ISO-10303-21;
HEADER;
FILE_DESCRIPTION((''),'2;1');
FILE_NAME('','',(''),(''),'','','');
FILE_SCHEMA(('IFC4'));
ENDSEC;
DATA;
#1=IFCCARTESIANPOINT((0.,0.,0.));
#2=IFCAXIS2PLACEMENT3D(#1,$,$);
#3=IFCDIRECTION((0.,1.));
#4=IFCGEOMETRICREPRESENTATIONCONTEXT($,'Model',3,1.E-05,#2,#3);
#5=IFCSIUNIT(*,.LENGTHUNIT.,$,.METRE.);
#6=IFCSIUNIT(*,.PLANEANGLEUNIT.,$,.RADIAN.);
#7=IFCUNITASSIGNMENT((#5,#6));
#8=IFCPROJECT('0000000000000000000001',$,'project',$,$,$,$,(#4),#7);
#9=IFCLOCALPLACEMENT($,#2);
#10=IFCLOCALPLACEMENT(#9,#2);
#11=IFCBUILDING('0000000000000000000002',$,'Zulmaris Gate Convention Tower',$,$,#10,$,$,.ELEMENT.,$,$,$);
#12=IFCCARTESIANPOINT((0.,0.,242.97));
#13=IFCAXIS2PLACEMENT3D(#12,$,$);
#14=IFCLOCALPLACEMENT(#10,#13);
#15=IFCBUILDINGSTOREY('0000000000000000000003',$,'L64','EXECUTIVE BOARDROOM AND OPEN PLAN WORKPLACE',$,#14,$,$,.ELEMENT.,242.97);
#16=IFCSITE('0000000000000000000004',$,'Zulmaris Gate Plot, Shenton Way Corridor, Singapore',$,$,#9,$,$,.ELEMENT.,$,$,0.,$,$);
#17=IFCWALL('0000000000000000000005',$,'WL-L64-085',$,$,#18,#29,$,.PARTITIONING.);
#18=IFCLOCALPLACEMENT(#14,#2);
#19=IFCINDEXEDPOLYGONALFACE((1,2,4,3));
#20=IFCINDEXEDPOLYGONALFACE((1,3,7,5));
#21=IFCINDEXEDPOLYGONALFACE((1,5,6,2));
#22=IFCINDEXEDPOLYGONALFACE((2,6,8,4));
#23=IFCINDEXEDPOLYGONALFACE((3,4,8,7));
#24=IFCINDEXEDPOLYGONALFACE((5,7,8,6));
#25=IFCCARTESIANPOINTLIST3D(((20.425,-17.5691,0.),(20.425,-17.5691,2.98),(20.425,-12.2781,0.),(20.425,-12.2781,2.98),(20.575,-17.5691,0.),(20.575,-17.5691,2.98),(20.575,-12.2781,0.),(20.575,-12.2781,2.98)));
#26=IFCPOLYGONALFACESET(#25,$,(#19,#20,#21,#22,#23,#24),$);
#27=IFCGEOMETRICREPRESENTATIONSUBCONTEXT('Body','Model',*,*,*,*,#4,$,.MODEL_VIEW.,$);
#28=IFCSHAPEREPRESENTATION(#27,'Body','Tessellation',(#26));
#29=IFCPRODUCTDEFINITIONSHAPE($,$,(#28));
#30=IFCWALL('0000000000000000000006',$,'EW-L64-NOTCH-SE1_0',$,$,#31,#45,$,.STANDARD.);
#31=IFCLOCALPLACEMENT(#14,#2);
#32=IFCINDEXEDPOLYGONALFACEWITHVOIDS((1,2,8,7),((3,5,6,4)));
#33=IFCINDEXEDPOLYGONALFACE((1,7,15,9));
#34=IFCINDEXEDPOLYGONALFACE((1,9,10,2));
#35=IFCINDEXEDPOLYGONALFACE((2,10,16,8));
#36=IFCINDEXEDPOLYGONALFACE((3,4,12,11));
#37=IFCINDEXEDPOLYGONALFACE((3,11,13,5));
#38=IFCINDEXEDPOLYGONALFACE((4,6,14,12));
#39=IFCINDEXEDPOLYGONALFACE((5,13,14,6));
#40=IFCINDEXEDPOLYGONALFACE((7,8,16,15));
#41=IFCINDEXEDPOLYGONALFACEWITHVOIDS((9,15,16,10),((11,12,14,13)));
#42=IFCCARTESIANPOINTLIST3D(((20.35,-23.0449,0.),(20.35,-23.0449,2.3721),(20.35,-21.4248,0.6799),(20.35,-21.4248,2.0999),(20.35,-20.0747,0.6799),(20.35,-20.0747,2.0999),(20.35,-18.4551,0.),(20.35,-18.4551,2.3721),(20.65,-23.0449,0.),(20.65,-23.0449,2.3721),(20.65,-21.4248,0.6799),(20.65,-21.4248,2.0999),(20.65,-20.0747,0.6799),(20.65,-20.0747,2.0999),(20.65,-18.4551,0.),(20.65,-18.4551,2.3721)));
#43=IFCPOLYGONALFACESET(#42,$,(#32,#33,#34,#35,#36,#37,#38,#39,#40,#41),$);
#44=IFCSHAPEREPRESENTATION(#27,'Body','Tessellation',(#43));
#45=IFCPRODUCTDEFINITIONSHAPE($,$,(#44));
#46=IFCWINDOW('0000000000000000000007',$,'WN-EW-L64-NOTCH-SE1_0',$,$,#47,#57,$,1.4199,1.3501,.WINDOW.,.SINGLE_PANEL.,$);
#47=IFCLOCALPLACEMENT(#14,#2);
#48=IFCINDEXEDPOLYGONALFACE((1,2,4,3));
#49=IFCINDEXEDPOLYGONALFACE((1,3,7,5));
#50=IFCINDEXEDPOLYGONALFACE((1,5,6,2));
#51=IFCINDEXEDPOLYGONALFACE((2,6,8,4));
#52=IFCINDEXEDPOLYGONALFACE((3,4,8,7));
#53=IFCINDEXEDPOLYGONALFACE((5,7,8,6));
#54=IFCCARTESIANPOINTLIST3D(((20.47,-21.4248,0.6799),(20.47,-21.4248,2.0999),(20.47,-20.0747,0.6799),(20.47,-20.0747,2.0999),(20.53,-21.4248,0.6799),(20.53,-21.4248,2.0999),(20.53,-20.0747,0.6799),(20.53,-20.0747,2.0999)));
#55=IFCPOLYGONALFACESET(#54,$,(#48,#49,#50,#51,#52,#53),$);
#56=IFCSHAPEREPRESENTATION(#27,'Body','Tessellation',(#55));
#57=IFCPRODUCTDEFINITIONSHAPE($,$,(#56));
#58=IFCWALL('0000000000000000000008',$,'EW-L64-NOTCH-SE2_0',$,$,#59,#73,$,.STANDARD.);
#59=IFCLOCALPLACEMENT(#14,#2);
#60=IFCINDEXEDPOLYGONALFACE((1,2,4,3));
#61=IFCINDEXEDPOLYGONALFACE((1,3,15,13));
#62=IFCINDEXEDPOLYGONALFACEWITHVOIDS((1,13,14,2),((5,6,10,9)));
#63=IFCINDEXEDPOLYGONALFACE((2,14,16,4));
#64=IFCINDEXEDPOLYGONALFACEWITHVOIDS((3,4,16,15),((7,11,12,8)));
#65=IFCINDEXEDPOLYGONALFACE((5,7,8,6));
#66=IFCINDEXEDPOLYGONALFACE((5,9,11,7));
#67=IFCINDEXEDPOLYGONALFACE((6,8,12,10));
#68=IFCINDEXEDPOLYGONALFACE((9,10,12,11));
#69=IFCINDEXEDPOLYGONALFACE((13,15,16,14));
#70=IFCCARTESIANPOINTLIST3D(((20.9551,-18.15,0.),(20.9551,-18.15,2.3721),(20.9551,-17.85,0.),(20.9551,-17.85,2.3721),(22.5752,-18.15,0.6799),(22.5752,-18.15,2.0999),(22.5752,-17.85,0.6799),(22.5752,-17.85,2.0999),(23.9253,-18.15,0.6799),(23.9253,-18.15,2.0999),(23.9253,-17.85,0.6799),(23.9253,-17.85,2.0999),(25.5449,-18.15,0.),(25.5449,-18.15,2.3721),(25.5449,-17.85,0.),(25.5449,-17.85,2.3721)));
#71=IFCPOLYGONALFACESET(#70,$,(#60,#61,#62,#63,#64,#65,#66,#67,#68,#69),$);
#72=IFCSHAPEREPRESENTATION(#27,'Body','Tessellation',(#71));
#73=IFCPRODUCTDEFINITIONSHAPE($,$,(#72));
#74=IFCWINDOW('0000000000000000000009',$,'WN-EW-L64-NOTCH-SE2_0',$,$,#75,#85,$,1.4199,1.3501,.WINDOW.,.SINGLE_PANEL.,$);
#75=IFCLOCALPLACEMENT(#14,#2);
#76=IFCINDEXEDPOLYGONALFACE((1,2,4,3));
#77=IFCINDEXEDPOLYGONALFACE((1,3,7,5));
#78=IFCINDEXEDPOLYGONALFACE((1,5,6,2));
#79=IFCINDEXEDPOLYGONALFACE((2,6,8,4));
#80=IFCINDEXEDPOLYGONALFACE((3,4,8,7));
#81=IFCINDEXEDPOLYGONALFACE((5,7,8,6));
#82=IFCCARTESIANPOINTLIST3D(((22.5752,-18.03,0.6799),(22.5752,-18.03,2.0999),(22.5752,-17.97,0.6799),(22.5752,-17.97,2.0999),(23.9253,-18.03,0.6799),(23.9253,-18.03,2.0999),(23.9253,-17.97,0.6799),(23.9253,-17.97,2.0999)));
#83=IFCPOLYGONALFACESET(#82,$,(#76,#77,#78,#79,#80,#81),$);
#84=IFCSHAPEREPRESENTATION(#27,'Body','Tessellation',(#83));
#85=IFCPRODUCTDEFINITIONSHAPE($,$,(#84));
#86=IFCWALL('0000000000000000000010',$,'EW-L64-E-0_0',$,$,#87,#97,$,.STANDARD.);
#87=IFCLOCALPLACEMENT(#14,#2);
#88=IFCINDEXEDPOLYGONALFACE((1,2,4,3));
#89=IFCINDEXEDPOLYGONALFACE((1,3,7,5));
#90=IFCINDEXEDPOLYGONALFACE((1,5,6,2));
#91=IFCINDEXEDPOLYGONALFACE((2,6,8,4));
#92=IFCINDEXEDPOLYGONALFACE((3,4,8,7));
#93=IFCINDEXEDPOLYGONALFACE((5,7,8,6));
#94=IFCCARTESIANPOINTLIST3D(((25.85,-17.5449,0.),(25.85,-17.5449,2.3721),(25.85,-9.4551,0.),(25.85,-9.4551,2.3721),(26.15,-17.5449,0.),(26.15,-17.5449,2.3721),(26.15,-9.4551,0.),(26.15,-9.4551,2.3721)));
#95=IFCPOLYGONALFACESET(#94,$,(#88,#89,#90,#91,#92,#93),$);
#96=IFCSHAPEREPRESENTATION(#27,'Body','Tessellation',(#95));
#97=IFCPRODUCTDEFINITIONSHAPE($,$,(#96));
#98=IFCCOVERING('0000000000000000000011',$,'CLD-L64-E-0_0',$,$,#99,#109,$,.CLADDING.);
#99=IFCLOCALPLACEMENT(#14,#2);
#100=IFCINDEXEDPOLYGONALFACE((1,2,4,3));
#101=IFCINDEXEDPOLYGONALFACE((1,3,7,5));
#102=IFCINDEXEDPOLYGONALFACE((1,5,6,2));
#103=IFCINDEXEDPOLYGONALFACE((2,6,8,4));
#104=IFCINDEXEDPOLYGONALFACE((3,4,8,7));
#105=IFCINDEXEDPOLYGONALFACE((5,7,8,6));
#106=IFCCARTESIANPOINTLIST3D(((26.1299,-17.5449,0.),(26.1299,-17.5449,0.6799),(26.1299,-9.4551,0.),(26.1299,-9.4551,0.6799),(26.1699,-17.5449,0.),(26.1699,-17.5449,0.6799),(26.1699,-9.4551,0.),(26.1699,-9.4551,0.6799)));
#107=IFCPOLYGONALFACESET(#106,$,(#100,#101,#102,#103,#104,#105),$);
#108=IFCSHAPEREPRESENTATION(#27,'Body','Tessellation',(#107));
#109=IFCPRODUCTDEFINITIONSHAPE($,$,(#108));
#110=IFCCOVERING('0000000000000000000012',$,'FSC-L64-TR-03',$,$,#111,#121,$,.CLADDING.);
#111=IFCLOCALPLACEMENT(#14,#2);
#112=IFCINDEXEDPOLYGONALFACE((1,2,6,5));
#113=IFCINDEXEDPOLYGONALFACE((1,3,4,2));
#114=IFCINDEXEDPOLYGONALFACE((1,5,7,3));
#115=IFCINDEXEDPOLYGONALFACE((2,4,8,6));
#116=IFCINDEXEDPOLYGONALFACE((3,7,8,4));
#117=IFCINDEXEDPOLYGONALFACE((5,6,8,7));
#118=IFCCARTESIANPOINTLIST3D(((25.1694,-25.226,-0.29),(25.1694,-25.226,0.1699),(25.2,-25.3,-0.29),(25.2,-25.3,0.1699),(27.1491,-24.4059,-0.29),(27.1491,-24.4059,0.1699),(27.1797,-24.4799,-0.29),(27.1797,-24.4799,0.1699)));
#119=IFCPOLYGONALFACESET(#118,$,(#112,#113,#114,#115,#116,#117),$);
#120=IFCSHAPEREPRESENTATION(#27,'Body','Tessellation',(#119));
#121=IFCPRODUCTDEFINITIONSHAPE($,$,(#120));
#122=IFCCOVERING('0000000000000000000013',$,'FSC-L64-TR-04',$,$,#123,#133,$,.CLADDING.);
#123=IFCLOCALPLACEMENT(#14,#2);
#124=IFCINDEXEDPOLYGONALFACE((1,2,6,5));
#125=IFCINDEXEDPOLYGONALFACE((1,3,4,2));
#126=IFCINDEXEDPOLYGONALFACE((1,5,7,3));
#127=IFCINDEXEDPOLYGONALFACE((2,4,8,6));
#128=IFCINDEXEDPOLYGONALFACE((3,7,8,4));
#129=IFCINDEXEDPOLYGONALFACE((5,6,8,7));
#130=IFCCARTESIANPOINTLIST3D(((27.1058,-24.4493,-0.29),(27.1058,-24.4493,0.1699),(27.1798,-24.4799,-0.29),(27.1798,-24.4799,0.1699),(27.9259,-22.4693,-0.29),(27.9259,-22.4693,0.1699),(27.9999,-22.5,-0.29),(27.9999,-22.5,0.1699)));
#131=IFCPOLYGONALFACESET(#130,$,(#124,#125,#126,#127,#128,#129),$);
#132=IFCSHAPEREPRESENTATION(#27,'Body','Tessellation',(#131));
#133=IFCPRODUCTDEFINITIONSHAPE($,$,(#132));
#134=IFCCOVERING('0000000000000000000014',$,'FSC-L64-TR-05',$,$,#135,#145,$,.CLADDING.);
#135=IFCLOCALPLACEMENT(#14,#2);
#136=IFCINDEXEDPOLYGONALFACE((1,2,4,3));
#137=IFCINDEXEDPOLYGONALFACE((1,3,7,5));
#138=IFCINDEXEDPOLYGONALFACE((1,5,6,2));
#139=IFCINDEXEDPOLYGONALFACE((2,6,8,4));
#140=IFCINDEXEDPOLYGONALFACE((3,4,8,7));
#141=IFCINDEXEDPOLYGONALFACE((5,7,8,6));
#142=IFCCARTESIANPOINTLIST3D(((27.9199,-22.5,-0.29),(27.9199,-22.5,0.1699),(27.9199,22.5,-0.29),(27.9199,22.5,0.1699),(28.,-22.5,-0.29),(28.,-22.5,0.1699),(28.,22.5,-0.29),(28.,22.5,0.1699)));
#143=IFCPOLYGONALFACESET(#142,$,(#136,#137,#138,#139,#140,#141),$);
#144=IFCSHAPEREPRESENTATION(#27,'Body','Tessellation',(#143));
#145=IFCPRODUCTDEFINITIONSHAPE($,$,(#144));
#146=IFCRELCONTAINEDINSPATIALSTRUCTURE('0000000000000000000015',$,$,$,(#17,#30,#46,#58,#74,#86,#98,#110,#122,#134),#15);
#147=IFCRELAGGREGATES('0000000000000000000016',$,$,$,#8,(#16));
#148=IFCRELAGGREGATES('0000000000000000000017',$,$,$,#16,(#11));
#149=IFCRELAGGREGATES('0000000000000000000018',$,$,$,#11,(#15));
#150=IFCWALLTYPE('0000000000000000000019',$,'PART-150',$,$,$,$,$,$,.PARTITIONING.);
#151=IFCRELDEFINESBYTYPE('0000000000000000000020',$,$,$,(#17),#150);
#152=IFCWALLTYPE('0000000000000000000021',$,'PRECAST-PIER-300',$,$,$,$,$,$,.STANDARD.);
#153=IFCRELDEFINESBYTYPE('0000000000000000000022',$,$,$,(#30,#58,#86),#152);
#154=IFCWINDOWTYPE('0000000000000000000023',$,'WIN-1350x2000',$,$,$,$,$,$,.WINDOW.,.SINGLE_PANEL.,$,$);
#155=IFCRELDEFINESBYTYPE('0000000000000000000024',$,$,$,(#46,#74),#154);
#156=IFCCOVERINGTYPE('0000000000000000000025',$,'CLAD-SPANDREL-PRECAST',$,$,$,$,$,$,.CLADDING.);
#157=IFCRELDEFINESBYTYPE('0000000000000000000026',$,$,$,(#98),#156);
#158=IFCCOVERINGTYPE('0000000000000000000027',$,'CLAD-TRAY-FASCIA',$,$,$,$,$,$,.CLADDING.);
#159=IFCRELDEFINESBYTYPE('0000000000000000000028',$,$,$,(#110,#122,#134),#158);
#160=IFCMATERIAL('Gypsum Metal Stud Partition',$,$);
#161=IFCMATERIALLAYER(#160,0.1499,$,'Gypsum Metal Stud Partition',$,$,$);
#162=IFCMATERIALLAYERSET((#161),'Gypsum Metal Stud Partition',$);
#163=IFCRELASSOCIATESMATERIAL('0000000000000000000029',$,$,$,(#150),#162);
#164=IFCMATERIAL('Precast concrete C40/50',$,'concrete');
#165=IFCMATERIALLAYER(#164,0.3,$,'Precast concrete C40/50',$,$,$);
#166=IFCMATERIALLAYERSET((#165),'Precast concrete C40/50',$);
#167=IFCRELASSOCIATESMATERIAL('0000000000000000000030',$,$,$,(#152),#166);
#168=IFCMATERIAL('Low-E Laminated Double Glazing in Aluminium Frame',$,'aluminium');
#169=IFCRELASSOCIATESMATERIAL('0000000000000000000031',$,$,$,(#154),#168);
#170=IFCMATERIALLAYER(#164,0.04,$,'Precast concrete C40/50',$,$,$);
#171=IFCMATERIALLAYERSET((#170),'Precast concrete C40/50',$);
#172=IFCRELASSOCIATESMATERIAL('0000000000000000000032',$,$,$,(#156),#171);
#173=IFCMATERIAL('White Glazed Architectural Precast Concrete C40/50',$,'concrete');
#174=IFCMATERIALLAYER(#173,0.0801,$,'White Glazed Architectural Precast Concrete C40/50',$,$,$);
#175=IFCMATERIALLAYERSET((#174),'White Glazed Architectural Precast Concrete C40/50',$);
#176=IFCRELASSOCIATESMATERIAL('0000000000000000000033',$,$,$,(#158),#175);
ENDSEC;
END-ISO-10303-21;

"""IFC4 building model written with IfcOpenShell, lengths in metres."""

from ifc_helpers import new_model, si_unit, direction, frame, frame_2d, origin, place, context, subcontext, project, spatial, rectangle, extrude, material, layer, layer_set, type_object, element, fill, save


model = new_model("IFC4")

# Units and contexts
model_context = context("Model", 3, precision=1e-05, world=origin(), true_north=direction((0.0, 1.0)))
body_context = subcontext(model_context, "Body", "Model", "MODEL_VIEW")
ifc_project = project(units=[si_unit("LENGTHUNIT", "METRE"), si_unit("PLANEANGLEUNIT", "RADIAN")], contexts=[model_context])

# Site, building, storey
site_placement = place(None, origin())
site = spatial("IfcSite", under=ifc_project, at=site_placement, Name="Zulmaris Gate Plot, Shenton Way Corridor, Singapore", CompositionType="ELEMENT", RefElevation=0.0)
building_placement = place(site_placement, origin())
building = spatial("IfcBuilding", under=site, at=building_placement, Name="Zulmaris Gate Convention Tower", CompositionType="ELEMENT")
storey_placement = place(building_placement, frame((0.0, 0.0, 242.97)))
storey = spatial("IfcBuildingStorey", under=building, at=storey_placement, Name="L64", Description="EXECUTIVE BOARDROOM AND OPEN PLAN WORKPLACE", CompositionType="ELEMENT", Elevation=242.97)

# Shared definitions
ifc_material_1 = material(Name="Gypsum Metal Stud Partition")
ifc_layer_1 = layer(ifc_material_1, 0.1499, Name="Gypsum Metal Stud Partition")
ifc_layer_set_1 = layer_set([ifc_layer_1], Name="Gypsum Metal Stud Partition")
wall_type_1 = type_object("IfcWallType", Name="PART-150", PredefinedType="PARTITIONING", material=ifc_layer_set_1)

# Wall
wall_1_placement = place(storey_placement, frame((20.5, -17.5691, 0.0), z_axis=(0.0, 0.0, 1.0), x_axis=(0.0, 1.0, 0.0)))
element("IfcWall", 1, at=wall_1_placement, inside=storey, type_object=wall_type_1, Name="WL-L64-085", PredefinedType="PARTITIONING", context=body_context, shape_type="SweptSolid", body=[
    extrude(rectangle(XDim=5.291, YDim=0.1499, at=frame_2d((2.6455, 0.0))), origin(), (0.0, 0.0, 1.0), 2.98),
])

# Walls, openings, windows
ifc_material_2 = material(Name="Precast concrete C40/50", Category="concrete")
ifc_layer_2 = layer(ifc_material_2, 0.3, Name="Precast concrete C40/50")
ifc_layer_set_2 = layer_set([ifc_layer_2], Name="Precast concrete C40/50")
wall_type_2 = type_object("IfcWallType", Name="PRECAST-PIER-300", PredefinedType="STANDARD", material=ifc_layer_set_2)
wall_2_placement = place(storey_placement, frame((20.5, -23.0449, 0.0), z_axis=(0.0, 0.0, 1.0), x_axis=(0.0, 1.0, 0.0)))
wall_2 = element("IfcWall", 2, at=wall_2_placement, inside=storey, type_object=wall_type_2, Name="EW-L64-NOTCH-SE1_0", PredefinedType="STANDARD", context=body_context, shape_type="SweptSolid", body=[
    extrude(rectangle(XDim=4.5898, YDim=0.3, at=frame_2d((2.2949, 0.0))), origin(), (0.0, 0.0, 1.0), 2.3721),
])
opening_1_placement = place(wall_2_placement, frame((1.6201, 0.0, 0.6799)))
opening_1 = element("IfcOpeningElement", 3, at=opening_1_placement, cuts=wall_2, PredefinedType="OPENING", context=body_context, shape_type="SweptSolid", body=[
    extrude(rectangle(XDim=1.3501, YDim=1.4199, at=frame_2d((0.675, 0.71))), frame((0.0, 0.1602, 0.0), z_axis=(0.0, -1.0, 0.0), x_axis=(1.0, 0.0, 0.0)), (0.0, 0.0, 1.0), 0.3201),
])
ifc_material_3 = material(Name="Low-E Laminated Double Glazing in Aluminium Frame", Category="aluminium")
window_type = type_object("IfcWindowType", Name="WIN-1350x2000", PartitioningType="SINGLE_PANEL", PredefinedType="WINDOW", material=ifc_material_3)
window_1_placement = place(opening_1_placement, origin())
window_1 = element("IfcWindow", 4, at=window_1_placement, inside=storey, type_object=window_type, Name="WN-EW-L64-NOTCH-SE1_0", OverallHeight=1.4199, OverallWidth=1.3501, PartitioningType="SINGLE_PANEL", PredefinedType="WINDOW", context=body_context, shape_type="SweptSolid", body=[
    extrude(rectangle(XDim=1.3501, YDim=1.4199, at=frame_2d((0.675, 0.71))), frame((0.0, 0.03, 0.0), z_axis=(0.0, -1.0, 0.0), x_axis=(1.0, 0.0, 0.0)), (0.0, 0.0, 1.0), 0.0601),
])
fill(opening_1, window_1)
wall_3_placement = place(storey_placement, frame((20.9551, -18.0, 0.0), z_axis=(0.0, 0.0, 1.0), x_axis=(1.0, 0.0, 0.0)))
wall_3 = element("IfcWall", 5, at=wall_3_placement, inside=storey, type_object=wall_type_2, Name="EW-L64-NOTCH-SE2_0", PredefinedType="STANDARD", context=body_context, shape_type="SweptSolid", body=[
    extrude(rectangle(XDim=4.5898, YDim=0.3, at=frame_2d((2.2949, 0.0))), origin(), (0.0, 0.0, 1.0), 2.3721),
])
opening_2_placement = place(wall_3_placement, frame((1.6201, 0.0, 0.6799)))
opening_2 = element("IfcOpeningElement", 6, at=opening_2_placement, cuts=wall_3, PredefinedType="OPENING", context=body_context, shape_type="SweptSolid", body=[
    extrude(rectangle(XDim=1.3501, YDim=1.4199, at=frame_2d((0.675, 0.71))), frame((0.0, 0.1602, 0.0), z_axis=(0.0, -1.0, 0.0), x_axis=(1.0, 0.0, 0.0)), (0.0, 0.0, 1.0), 0.3201),
])
window_2_placement = place(opening_2_placement, origin())
window_2 = element("IfcWindow", 7, at=window_2_placement, inside=storey, type_object=window_type, Name="WN-EW-L64-NOTCH-SE2_0", OverallHeight=1.4199, OverallWidth=1.3501, PartitioningType="SINGLE_PANEL", PredefinedType="WINDOW", context=body_context, shape_type="SweptSolid", body=[
    extrude(rectangle(XDim=1.3501, YDim=1.4199, at=frame_2d((0.675, 0.71))), frame((0.0, 0.03, 0.0), z_axis=(0.0, -1.0, 0.0), x_axis=(1.0, 0.0, 0.0)), (0.0, 0.0, 1.0), 0.0601),
])
fill(opening_2, window_2)

# Wall
wall_4_placement = place(storey_placement, frame((26.0, -17.5449, 0.0), z_axis=(0.0, 0.0, 1.0), x_axis=(0.0, 1.0, 0.0)))
element("IfcWall", 8, at=wall_4_placement, inside=storey, type_object=wall_type_2, Name="EW-L64-E-0_0", PredefinedType="STANDARD", context=body_context, shape_type="SweptSolid", body=[
    extrude(rectangle(XDim=8.0898, YDim=0.3, at=frame_2d((4.0449, 0.0))), origin(), (0.0, 0.0, 1.0), 2.3721),
])

# Coverings
ifc_layer_3 = layer(ifc_material_2, 0.04, Name="Precast concrete C40/50")
ifc_layer_set_3 = layer_set([ifc_layer_3], Name="Precast concrete C40/50")
covering_type_1 = type_object("IfcCoveringType", Name="CLAD-SPANDREL-PRECAST", PredefinedType="CLADDING", material=ifc_layer_set_3)
covering_1_placement = place(storey_placement, frame((26.1499, -17.5449, 0.0), z_axis=(0.0, 0.0, 1.0), x_axis=(0.0, 1.0, 0.0)))
element("IfcCovering", 9, at=covering_1_placement, inside=storey, type_object=covering_type_1, Name="CLD-L64-E-0_0", PredefinedType="CLADDING", context=body_context, shape_type="SweptSolid", body=[
    extrude(rectangle(XDim=8.0898, YDim=0.04, at=frame_2d((4.0449, 0.0))), origin(), (0.0, 0.0, 1.0), 0.6799),
])
ifc_material_4 = material(Name="White Glazed Architectural Precast Concrete C40/50", Category="concrete")
ifc_layer_4 = layer(ifc_material_4, 0.0801, Name="White Glazed Architectural Precast Concrete C40/50")
ifc_layer_set_4 = layer_set([ifc_layer_4], Name="White Glazed Architectural Precast Concrete C40/50")
covering_type_2 = type_object("IfcCoveringType", Name="CLAD-TRAY-FASCIA", PredefinedType="CLADDING", material=ifc_layer_set_4)
covering_2_placement = place(storey_placement, frame((25.1848, -25.2629, -0.29), z_axis=(0.0, 0.0, 1.0), x_axis=(0.923874, 0.382697, 0.0)))
element("IfcCovering", 10, at=covering_2_placement, inside=storey, type_object=covering_type_2, Name="FSC-L64-TR-03", PredefinedType="CLADDING", context=body_context, shape_type="SweptSolid", body=[
    extrude(rectangle(XDim=2.1428, YDim=0.0801, at=frame_2d((1.0713, 0.0))), origin(), (0.0, 0.0, 1.0), 0.46),
])
covering_3_placement = place(storey_placement, frame((27.1428, -24.4646, -0.29), z_axis=(0.0, 0.0, 1.0), x_axis=(0.382657, 0.92389, 0.0)))
element("IfcCovering", 11, at=covering_3_placement, inside=storey, type_object=covering_type_2, Name="FSC-L64-TR-04", PredefinedType="CLADDING", context=body_context, shape_type="SweptSolid", body=[
    extrude(rectangle(XDim=2.1431, YDim=0.0801, at=frame_2d((1.0715, 0.0))), origin(), (0.0, 0.0, 1.0), 0.46),
])
covering_4_placement = place(storey_placement, frame((27.96, -22.5, -0.29), z_axis=(0.0, 0.0, 1.0), x_axis=(0.0, 1.0, 0.0)))
element("IfcCovering", 12, at=covering_4_placement, inside=storey, type_object=covering_type_2, Name="FSC-L64-TR-05", PredefinedType="CLADDING", context=body_context, shape_type="SweptSolid", body=[
    extrude(rectangle(XDim=45.0, YDim=0.0801, at=frame_2d((22.5, 0.0))), origin(), (0.0, 0.0, 1.0), 0.46),
])

save(model, "model.ifc")
